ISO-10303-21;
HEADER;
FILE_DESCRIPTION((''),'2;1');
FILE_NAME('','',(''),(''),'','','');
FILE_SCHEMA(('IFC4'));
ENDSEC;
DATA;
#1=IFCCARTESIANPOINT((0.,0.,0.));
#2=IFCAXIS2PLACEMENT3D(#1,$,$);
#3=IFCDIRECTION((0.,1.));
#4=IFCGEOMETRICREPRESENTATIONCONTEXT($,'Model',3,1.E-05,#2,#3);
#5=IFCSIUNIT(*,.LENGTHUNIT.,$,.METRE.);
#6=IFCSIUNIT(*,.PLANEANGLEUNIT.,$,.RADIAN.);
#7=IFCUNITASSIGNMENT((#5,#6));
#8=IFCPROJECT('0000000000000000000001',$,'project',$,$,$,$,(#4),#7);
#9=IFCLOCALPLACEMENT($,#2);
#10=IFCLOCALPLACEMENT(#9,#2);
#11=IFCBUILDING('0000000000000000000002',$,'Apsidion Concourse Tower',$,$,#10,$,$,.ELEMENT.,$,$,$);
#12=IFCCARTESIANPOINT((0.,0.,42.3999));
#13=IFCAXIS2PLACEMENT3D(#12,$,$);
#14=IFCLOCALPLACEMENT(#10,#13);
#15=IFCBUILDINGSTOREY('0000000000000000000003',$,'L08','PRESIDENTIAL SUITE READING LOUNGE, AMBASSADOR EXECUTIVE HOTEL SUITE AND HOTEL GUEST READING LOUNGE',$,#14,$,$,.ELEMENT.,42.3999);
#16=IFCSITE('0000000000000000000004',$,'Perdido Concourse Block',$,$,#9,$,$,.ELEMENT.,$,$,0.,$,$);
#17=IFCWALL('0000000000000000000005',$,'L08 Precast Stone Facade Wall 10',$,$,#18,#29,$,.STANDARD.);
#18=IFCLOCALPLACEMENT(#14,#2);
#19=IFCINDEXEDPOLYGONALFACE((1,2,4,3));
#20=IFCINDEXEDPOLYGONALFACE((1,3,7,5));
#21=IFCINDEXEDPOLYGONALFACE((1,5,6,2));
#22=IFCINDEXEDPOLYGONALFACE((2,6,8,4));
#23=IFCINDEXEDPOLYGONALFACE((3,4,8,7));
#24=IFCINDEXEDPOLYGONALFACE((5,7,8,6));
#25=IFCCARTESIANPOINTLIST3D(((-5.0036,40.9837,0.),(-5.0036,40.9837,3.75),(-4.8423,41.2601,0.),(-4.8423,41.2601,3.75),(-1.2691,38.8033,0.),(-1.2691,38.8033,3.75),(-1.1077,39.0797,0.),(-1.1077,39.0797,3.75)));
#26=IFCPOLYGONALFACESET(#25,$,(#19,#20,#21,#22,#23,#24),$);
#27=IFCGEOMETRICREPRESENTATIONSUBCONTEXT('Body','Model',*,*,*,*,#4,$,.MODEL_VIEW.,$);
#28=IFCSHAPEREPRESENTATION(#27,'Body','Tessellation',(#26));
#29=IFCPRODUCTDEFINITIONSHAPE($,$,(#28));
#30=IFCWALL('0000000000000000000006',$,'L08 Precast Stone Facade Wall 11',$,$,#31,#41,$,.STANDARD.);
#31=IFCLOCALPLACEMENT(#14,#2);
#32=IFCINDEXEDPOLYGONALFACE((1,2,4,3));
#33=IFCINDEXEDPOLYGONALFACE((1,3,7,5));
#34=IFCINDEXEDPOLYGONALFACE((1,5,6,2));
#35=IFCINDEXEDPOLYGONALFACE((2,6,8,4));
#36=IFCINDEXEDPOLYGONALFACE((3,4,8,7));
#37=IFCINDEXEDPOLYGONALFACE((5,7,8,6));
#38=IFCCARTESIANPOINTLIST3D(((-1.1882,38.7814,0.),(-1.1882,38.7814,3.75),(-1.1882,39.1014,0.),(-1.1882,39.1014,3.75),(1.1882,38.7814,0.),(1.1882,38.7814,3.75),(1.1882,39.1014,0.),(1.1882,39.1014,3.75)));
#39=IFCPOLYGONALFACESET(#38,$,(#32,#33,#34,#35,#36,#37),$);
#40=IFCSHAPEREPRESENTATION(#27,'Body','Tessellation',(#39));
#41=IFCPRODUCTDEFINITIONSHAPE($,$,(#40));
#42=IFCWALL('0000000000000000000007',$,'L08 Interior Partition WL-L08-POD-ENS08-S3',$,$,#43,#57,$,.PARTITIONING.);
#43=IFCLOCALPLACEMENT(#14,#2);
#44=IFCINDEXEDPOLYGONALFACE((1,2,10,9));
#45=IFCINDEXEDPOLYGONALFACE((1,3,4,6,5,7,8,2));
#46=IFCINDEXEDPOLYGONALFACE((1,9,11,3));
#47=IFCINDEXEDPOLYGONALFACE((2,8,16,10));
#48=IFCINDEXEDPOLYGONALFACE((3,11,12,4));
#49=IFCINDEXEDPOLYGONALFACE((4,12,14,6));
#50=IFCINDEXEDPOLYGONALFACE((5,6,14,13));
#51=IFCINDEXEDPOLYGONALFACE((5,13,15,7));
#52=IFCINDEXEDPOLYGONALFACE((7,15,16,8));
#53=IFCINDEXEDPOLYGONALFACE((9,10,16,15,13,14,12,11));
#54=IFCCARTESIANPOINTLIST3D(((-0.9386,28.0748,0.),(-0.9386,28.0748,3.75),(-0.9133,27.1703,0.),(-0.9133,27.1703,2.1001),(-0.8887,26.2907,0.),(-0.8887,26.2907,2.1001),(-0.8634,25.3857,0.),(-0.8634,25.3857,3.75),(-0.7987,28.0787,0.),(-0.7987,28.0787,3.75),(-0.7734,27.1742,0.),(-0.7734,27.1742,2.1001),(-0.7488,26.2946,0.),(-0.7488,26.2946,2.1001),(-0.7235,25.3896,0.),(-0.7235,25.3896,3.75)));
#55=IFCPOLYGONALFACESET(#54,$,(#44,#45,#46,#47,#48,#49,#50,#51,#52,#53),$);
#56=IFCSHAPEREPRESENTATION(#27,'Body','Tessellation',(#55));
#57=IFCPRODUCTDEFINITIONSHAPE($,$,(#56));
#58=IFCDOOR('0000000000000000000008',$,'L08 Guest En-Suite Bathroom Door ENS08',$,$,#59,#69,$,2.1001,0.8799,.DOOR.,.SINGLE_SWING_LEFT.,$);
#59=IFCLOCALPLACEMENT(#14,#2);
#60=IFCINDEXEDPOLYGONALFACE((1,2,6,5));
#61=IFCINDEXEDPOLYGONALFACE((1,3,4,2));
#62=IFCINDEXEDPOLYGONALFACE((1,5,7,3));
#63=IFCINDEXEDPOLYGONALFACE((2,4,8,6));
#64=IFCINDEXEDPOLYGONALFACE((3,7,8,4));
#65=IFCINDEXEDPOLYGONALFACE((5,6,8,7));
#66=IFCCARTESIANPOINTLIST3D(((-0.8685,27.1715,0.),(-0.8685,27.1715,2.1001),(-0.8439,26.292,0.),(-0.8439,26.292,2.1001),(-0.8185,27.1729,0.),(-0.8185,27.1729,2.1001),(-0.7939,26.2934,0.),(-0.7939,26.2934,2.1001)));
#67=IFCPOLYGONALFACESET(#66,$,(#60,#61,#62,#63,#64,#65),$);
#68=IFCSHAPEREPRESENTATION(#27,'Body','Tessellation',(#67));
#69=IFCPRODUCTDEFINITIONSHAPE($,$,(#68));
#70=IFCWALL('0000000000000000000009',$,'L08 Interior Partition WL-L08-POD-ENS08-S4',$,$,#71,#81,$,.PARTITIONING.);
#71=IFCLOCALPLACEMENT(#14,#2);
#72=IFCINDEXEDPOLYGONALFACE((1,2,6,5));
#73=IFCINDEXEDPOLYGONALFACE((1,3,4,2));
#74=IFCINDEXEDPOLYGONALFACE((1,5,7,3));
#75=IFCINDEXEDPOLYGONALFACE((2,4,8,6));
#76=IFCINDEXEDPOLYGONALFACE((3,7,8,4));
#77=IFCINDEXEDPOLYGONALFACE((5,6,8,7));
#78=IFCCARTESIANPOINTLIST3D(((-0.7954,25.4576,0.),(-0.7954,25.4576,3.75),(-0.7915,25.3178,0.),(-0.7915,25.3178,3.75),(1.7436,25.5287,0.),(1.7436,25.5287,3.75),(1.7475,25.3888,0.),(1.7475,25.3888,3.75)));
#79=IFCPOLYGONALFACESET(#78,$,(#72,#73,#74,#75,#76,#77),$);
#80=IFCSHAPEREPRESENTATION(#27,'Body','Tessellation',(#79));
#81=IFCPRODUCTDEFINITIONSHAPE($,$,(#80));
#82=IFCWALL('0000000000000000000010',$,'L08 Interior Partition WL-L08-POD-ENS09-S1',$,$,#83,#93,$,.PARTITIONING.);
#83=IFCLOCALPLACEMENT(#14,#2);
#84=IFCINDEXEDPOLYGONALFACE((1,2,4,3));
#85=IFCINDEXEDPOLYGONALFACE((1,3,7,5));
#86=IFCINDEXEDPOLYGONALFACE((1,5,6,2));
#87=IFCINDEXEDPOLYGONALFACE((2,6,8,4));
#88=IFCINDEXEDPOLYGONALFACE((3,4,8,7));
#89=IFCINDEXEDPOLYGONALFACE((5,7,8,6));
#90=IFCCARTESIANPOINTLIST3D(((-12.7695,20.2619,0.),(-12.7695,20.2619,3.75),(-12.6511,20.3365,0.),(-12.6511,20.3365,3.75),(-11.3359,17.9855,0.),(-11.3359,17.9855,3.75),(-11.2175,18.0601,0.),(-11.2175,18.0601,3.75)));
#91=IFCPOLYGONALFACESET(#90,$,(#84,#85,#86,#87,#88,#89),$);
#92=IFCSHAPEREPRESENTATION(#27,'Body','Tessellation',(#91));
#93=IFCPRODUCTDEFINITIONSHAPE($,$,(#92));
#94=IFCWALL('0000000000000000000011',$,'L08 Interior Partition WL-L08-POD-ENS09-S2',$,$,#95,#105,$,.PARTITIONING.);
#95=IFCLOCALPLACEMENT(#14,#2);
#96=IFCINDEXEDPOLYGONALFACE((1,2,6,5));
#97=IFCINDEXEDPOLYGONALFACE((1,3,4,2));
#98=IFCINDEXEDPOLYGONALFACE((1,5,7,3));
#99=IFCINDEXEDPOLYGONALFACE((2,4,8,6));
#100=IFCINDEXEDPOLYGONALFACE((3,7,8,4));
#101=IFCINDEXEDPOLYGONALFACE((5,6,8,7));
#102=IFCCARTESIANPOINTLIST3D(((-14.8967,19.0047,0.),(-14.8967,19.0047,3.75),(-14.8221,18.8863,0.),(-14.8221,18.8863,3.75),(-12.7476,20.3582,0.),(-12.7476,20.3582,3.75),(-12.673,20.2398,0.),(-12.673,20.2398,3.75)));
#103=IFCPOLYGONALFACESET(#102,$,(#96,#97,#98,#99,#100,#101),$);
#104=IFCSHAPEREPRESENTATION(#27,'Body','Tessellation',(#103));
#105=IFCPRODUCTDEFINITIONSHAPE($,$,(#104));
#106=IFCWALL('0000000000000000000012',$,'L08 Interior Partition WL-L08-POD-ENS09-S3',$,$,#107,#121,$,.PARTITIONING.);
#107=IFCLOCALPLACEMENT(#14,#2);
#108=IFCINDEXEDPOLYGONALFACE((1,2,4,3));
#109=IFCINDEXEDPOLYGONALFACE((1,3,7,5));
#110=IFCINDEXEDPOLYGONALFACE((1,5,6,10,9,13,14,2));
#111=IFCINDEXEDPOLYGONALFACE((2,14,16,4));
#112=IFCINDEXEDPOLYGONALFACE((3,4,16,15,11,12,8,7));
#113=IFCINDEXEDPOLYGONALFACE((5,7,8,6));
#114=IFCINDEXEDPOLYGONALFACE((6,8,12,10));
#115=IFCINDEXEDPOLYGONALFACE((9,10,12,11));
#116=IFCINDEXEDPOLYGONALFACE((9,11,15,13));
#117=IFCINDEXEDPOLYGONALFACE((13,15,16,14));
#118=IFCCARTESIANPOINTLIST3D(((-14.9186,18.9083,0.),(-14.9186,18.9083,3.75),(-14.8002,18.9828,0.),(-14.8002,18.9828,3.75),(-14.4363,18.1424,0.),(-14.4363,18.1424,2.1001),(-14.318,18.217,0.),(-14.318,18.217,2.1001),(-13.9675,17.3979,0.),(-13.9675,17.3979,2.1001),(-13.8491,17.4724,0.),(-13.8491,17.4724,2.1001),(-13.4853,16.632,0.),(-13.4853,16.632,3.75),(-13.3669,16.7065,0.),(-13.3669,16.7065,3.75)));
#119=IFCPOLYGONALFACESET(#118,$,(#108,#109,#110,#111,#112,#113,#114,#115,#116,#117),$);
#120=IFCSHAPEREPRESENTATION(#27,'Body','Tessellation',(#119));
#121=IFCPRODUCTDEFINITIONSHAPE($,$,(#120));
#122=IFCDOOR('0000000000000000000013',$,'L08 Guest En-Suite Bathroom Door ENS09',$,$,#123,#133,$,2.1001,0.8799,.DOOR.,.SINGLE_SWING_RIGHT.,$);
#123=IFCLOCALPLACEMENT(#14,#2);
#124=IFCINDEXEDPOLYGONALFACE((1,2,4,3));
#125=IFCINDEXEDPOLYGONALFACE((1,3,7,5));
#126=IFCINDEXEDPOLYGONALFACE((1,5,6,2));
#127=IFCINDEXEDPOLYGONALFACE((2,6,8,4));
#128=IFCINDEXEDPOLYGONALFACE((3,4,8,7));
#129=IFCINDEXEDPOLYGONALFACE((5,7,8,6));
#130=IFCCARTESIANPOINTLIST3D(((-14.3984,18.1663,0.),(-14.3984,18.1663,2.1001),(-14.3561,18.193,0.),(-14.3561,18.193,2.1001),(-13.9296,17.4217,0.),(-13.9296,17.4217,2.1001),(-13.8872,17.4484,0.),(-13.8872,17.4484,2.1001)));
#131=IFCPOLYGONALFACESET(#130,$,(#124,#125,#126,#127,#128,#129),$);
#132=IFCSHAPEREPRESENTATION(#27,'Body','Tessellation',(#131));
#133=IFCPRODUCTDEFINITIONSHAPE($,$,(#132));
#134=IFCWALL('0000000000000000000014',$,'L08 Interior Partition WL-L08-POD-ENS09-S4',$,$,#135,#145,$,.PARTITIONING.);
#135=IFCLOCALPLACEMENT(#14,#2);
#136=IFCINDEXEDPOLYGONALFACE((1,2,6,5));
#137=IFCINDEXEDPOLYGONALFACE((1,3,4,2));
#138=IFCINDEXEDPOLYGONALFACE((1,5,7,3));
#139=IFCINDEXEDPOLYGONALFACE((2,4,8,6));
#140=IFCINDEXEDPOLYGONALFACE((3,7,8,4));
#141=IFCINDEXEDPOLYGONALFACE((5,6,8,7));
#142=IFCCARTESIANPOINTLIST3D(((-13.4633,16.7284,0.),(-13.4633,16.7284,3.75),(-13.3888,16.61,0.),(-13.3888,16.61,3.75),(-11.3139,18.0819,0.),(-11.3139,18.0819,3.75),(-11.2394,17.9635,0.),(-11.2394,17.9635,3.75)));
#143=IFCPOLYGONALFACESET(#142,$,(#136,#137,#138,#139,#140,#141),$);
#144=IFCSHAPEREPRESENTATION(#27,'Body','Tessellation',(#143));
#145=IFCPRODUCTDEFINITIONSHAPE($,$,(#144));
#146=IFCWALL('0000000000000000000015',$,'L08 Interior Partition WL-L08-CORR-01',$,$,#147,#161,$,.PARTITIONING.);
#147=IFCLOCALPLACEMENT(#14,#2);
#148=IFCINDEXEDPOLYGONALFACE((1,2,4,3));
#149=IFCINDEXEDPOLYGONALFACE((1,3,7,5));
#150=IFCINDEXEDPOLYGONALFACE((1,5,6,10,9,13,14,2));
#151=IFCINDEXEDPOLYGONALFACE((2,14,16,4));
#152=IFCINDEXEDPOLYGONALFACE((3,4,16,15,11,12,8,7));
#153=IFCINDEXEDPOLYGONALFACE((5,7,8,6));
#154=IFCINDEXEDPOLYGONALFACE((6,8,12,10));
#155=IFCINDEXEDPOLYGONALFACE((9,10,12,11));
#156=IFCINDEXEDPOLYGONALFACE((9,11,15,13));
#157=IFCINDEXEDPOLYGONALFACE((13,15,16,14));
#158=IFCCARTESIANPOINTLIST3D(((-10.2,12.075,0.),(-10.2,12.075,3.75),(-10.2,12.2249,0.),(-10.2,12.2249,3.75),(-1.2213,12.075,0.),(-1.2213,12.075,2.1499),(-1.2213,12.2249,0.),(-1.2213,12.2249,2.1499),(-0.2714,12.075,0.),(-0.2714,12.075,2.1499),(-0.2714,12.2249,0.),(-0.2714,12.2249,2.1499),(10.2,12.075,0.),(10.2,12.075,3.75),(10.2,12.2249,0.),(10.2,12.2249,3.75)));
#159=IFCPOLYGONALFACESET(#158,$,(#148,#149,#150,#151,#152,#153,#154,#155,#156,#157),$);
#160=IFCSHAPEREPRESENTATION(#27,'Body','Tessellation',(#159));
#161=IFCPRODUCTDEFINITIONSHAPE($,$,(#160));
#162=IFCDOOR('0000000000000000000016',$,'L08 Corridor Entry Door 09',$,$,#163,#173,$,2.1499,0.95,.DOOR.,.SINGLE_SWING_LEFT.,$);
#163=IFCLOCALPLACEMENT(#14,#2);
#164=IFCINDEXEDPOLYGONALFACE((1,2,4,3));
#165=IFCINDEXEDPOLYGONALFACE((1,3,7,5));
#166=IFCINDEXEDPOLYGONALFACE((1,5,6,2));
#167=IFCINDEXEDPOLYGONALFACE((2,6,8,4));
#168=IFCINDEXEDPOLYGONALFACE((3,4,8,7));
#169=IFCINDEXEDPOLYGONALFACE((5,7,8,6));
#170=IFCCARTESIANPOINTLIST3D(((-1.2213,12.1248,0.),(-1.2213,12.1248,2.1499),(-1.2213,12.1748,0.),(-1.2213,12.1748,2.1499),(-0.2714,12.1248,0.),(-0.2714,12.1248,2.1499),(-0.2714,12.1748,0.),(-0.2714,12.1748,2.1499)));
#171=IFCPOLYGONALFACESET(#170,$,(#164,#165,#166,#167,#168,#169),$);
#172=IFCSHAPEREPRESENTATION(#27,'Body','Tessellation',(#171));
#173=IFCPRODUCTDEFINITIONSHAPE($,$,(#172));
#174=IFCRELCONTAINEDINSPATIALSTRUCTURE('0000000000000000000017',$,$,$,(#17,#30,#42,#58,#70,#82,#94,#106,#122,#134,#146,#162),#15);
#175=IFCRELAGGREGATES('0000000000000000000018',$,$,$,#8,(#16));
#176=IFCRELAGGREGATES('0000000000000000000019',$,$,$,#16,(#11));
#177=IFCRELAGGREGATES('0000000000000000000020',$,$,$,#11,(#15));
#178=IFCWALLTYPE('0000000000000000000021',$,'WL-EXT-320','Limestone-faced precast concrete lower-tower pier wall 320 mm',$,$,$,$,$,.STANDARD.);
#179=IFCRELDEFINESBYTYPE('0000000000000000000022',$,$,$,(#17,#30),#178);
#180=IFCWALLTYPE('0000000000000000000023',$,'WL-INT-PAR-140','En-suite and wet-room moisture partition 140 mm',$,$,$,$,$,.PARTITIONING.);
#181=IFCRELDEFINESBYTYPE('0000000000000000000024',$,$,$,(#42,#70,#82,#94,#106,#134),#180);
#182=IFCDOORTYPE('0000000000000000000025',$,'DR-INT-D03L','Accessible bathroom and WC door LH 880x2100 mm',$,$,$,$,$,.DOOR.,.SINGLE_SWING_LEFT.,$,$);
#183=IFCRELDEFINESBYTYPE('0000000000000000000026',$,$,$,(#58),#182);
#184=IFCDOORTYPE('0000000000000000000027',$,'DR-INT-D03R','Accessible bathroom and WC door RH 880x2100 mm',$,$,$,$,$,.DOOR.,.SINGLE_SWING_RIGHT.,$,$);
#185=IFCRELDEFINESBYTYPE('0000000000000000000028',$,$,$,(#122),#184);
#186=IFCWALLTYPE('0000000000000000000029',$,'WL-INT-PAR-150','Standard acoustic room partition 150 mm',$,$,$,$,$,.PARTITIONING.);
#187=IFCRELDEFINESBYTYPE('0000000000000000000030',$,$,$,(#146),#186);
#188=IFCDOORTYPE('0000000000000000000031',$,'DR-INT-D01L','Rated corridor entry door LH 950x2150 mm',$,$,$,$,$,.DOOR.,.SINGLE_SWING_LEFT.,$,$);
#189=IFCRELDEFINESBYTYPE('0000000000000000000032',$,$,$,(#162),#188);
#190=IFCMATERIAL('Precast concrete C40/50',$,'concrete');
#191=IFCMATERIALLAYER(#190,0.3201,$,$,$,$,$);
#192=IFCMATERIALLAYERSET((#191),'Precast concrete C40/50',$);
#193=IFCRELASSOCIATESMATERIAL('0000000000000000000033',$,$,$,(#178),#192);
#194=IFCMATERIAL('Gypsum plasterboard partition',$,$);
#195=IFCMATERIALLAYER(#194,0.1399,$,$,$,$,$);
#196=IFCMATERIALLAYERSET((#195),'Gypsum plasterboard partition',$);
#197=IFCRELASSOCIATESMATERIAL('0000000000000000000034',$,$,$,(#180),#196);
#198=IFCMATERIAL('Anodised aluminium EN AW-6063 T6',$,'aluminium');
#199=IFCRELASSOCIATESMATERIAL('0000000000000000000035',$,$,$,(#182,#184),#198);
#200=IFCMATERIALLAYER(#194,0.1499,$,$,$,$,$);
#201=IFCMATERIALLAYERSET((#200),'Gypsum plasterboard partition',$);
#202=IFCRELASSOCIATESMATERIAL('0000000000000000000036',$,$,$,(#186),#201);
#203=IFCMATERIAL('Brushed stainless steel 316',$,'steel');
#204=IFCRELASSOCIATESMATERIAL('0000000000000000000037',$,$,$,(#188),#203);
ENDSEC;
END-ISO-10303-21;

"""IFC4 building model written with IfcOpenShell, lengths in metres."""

from ifc_helpers import new_model, si_unit, direction, frame, frame_2d, origin, place, context, subcontext, project, spatial, rectangle, extrude, material, layer, layer_set, type_object, element, fill, save


model = new_model("IFC4")

# Units and contexts
model_context = context("Model", 3, precision=1e-05, world=origin(), true_north=direction((0.0, 1.0)))
body_context = subcontext(model_context, "Body", "Model", "MODEL_VIEW")
ifc_project = project(units=[si_unit("LENGTHUNIT", "METRE"), si_unit("PLANEANGLEUNIT", "RADIAN")], contexts=[model_context])

# Site, building, storey
site_placement = place(None, origin())
site = spatial("IfcSite", under=ifc_project, at=site_placement, Name="Perdido Concourse Block", CompositionType="ELEMENT", RefElevation=0.0)
building_placement = place(site_placement, origin())
building = spatial("IfcBuilding", under=site, at=building_placement, Name="Apsidion Concourse Tower", CompositionType="ELEMENT")
storey_placement = place(building_placement, frame((0.0, 0.0, 42.3999)))
storey = spatial("IfcBuildingStorey", under=building, at=storey_placement, Name="L08", Description="PRESIDENTIAL SUITE READING LOUNGE, AMBASSADOR EXECUTIVE HOTEL SUITE AND HOTEL GUEST READING LOUNGE", CompositionType="ELEMENT", Elevation=42.3999)

# Walls
ifc_material_1 = material(Name="Precast concrete C40/50", Category="concrete")
ifc_layer_1 = layer(ifc_material_1, 0.3201)
ifc_layer_set_1 = layer_set([ifc_layer_1], Name="Precast concrete C40/50")
wall_type_1 = type_object("IfcWallType", Name="WL-EXT-320", Description="Limestone-faced precast concrete lower-tower pier wall 320 mm", PredefinedType="STANDARD", material=ifc_layer_set_1)
wall_1_placement = place(storey_placement, frame((-4.9229, 41.1218, 0.0), z_axis=(0.0, 0.0, 1.0), x_axis=(0.863588, -0.504197, 0.0)))
element("IfcWall", 1, at=wall_1_placement, inside=storey, type_object=wall_type_1, Name="L08 Precast Stone Facade Wall 10", PredefinedType="STANDARD", context=body_context, shape_type="SweptSolid", body=[
    extrude(rectangle(XDim=4.3245, YDim=0.3201, at=frame_2d((2.1621, 0.0))), origin(), (0.0, 0.0, 1.0), 3.75),
])
wall_2_placement = place(storey_placement, frame((-1.1882, 38.9414, 0.0), z_axis=(0.0, 0.0, 1.0), x_axis=(1.0, 0.0, 0.0)))
element("IfcWall", 2, at=wall_2_placement, inside=storey, type_object=wall_type_1, Name="L08 Precast Stone Facade Wall 11", PredefinedType="STANDARD", context=body_context, shape_type="SweptSolid", body=[
    extrude(rectangle(XDim=2.3765, YDim=0.3201, at=frame_2d((1.1882, 0.0))), origin(), (0.0, 0.0, 1.0), 3.75),
])

# Wall, opening, door
ifc_material_2 = material(Name="Gypsum plasterboard partition")
ifc_layer_2 = layer(ifc_material_2, 0.1399)
ifc_layer_set_2 = layer_set([ifc_layer_2], Name="Gypsum plasterboard partition")
wall_type_2 = type_object("IfcWallType", Name="WL-INT-PAR-140", Description="En-suite and wet-room moisture partition 140 mm", PredefinedType="PARTITIONING", material=ifc_layer_set_2)
wall_3_placement = place(storey_placement, frame((-0.8687, 28.0769, 0.0), z_axis=(0.0, 0.0, 1.0), x_axis=(0.027951, -0.999609, 0.0)))
wall_3 = element("IfcWall", 3, at=wall_3_placement, inside=storey, type_object=wall_type_2, Name="L08 Interior Partition WL-L08-POD-ENS08-S3", PredefinedType="PARTITIONING", context=body_context, shape_type="SweptSolid", body=[
    extrude(rectangle(XDim=2.6902, YDim=0.1399, at=frame_2d((1.3452, 0.0))), origin(), (0.0, 0.0, 1.0), 3.75),
])
opening_1_placement = place(wall_3_placement, frame((0.905, 0.0, 0.0)))
opening_1 = element("IfcOpeningElement", 4, at=opening_1_placement, cuts=wall_3, PredefinedType="OPENING", context=body_context, shape_type="SweptSolid", body=[
    extrude(rectangle(XDim=0.8799, YDim=2.1001, at=frame_2d((0.4399, 1.05))), frame((0.0, 0.0801, 0.0), z_axis=(0.0, -1.0, 0.0), x_axis=(1.0, 0.0, 0.0)), (0.0, 0.0, 1.0), 0.1599),
])
ifc_material_3 = material(Name="Anodised aluminium EN AW-6063 T6", Category="aluminium")
door_type_1 = type_object("IfcDoorType", Name="DR-INT-D03L", Description="Accessible bathroom and WC door LH 880x2100 mm", OperationType="SINGLE_SWING_LEFT", PredefinedType="DOOR", material=ifc_material_3)
door_1_placement = place(opening_1_placement, origin())
door_1 = element("IfcDoor", 5, at=door_1_placement, inside=storey, type_object=door_type_1, Name="L08 Guest En-Suite Bathroom Door ENS08", OperationType="SINGLE_SWING_LEFT", OverallHeight=2.1001, OverallWidth=0.8799, PredefinedType="DOOR", context=body_context, shape_type="SweptSolid", body=[
    extrude(rectangle(XDim=0.8799, YDim=2.1001, at=frame_2d((0.4399, 1.05))), frame((0.0, 0.0249, 0.0), z_axis=(0.0, -1.0, 0.0), x_axis=(1.0, 0.0, 0.0)), (0.0, 0.0, 1.0), 0.05),
])
fill(opening_1, door_1)

# Walls
wall_4_placement = place(storey_placement, frame((-0.7935, 25.3877, 0.0), z_axis=(0.0, 0.0, 1.0), x_axis=(0.999609, 0.02797, 0.0)))
element("IfcWall", 6, at=wall_4_placement, inside=storey, type_object=wall_type_2, Name="L08 Interior Partition WL-L08-POD-ENS08-S4", PredefinedType="PARTITIONING", context=body_context, shape_type="SweptSolid", body=[
    extrude(rectangle(XDim=2.54, YDim=0.1399, at=frame_2d((1.27, 0.0))), origin(), (0.0, 0.0, 1.0), 3.75),
])
wall_5_placement = place(storey_placement, frame((-11.2766, 18.0227, 0.0), z_axis=(0.0, 0.0, 1.0), x_axis=(-0.5329, 0.846178, 0.0)))
element("IfcWall", 7, at=wall_5_placement, inside=storey, type_object=wall_type_2, Name="L08 Interior Partition WL-L08-POD-ENS09-S1", PredefinedType="PARTITIONING", context=body_context, shape_type="SweptSolid", body=[
    extrude(rectangle(XDim=2.6902, YDim=0.1399, at=frame_2d((1.3452, 0.0))), origin(), (0.0, 0.0, 1.0), 3.75),
])
wall_6_placement = place(storey_placement, frame((-12.7102, 20.2991, 0.0), z_axis=(0.0, 0.0, 1.0), x_axis=(-0.846173, -0.532908, 0.0)))
element("IfcWall", 8, at=wall_6_placement, inside=storey, type_object=wall_type_2, Name="L08 Interior Partition WL-L08-POD-ENS09-S2", PredefinedType="PARTITIONING", context=body_context, shape_type="SweptSolid", body=[
    extrude(rectangle(XDim=2.5398, YDim=0.1399, at=frame_2d((1.27, 0.0))), origin(), (0.0, 0.0, 1.0), 3.75),
])

# Wall, opening, door
wall_7_placement = place(storey_placement, frame((-14.8594, 18.9456, 0.0), z_axis=(0.0, 0.0, 1.0), x_axis=(0.532835, -0.846219, 0.0)))
wall_7 = element("IfcWall", 9, at=wall_7_placement, inside=storey, type_object=wall_type_2, Name="L08 Interior Partition WL-L08-POD-ENS09-S3", PredefinedType="PARTITIONING", context=body_context, shape_type="SweptSolid", body=[
    extrude(rectangle(XDim=2.6899, YDim=0.1399, at=frame_2d((1.345, 0.0))), origin(), (0.0, 0.0, 1.0), 3.75),
])
opening_2_placement = place(wall_7_placement, frame((0.905, 0.0, 0.0)))
opening_2 = element("IfcOpeningElement", 10, at=opening_2_placement, cuts=wall_7, PredefinedType="OPENING", context=body_context, shape_type="SweptSolid", body=[
    extrude(rectangle(XDim=0.8799, YDim=2.1001, at=frame_2d((0.4399, 1.05))), frame((0.0, 0.0801, 0.0), z_axis=(0.0, -1.0, 0.0), x_axis=(1.0, 0.0, 0.0)), (0.0, 0.0, 1.0), 0.1599),
])
door_type_2 = type_object("IfcDoorType", Name="DR-INT-D03R", Description="Accessible bathroom and WC door RH 880x2100 mm", OperationType="SINGLE_SWING_RIGHT", PredefinedType="DOOR", material=ifc_material_3)
door_2_placement = place(opening_2_placement, origin())
door_2 = element("IfcDoor", 11, at=door_2_placement, inside=storey, type_object=door_type_2, Name="L08 Guest En-Suite Bathroom Door ENS09", OperationType="SINGLE_SWING_RIGHT", OverallHeight=2.1001, OverallWidth=0.8799, PredefinedType="DOOR", context=body_context, shape_type="SweptSolid", body=[
    extrude(rectangle(XDim=0.8799, YDim=2.1001, at=frame_2d((0.4399, 1.05))), frame((0.0, 0.0249, 0.0), z_axis=(0.0, -1.0, 0.0), x_axis=(1.0, 0.0, 0.0)), (0.0, 0.0, 1.0), 0.05),
])
fill(opening_2, door_2)

# Wall
wall_8_placement = place(storey_placement, frame((-13.426, 16.6692, 0.0), z_axis=(0.0, 0.0, 1.0), x_axis=(0.846201, 0.532864, 0.0)))
element("IfcWall", 12, at=wall_8_placement, inside=storey, type_object=wall_type_2, Name="L08 Interior Partition WL-L08-POD-ENS09-S4", PredefinedType="PARTITIONING", context=body_context, shape_type="SweptSolid", body=[
    extrude(rectangle(XDim=2.54, YDim=0.1399, at=frame_2d((1.27, 0.0))), origin(), (0.0, 0.0, 1.0), 3.75),
])

# Wall, opening, door
ifc_layer_3 = layer(ifc_material_2, 0.1499)
ifc_layer_set_3 = layer_set([ifc_layer_3], Name="Gypsum plasterboard partition")
wall_type_3 = type_object("IfcWallType", Name="WL-INT-PAR-150", Description="Standard acoustic room partition 150 mm", PredefinedType="PARTITIONING", material=ifc_layer_set_3)
wall_9_placement = place(storey_placement, frame((-10.2, 12.1499, 0.0), z_axis=(0.0, 0.0, 1.0), x_axis=(1.0, 0.0, 0.0)))
wall_9 = element("IfcWall", 13, at=wall_9_placement, inside=storey, type_object=wall_type_3, Name="L08 Interior Partition WL-L08-CORR-01", PredefinedType="PARTITIONING", context=body_context, shape_type="SweptSolid", body=[
    extrude(rectangle(XDim=20.3999, YDim=0.1499, at=frame_2d((10.2, 0.0))), origin(), (0.0, 0.0, 1.0), 3.75),
])
opening_3_placement = place(wall_9_placement, frame((8.9785, 0.0, 0.0)))
opening_3 = element("IfcOpeningElement", 14, at=opening_3_placement, cuts=wall_9, PredefinedType="OPENING", context=body_context, shape_type="SweptSolid", body=[
    extrude(rectangle(XDim=0.95, YDim=2.1499, at=frame_2d((0.4751, 1.075))), frame((0.0, 0.085, 0.0), z_axis=(0.0, -1.0, 0.0), x_axis=(1.0, 0.0, 0.0)), (0.0, 0.0, 1.0), 0.1699),
])
ifc_material_4 = material(Name="Brushed stainless steel 316", Category="steel")
door_type_3 = type_object("IfcDoorType", Name="DR-INT-D01L", Description="Rated corridor entry door LH 950x2150 mm", OperationType="SINGLE_SWING_LEFT", PredefinedType="DOOR", material=ifc_material_4)
door_3_placement = place(opening_3_placement, origin())
door_3 = element("IfcDoor", 15, at=door_3_placement, inside=storey, type_object=door_type_3, Name="L08 Corridor Entry Door 09", OperationType="SINGLE_SWING_LEFT", OverallHeight=2.1499, OverallWidth=0.95, PredefinedType="DOOR", context=body_context, shape_type="SweptSolid", body=[
    extrude(rectangle(XDim=0.95, YDim=2.1499, at=frame_2d((0.4751, 1.075))), frame((0.0, 0.0249, 0.0), z_axis=(0.0, -1.0, 0.0), x_axis=(1.0, 0.0, 0.0)), (0.0, 0.0, 1.0), 0.05),
])
fill(opening_3, door_3)

save(model, "model.ifc")
